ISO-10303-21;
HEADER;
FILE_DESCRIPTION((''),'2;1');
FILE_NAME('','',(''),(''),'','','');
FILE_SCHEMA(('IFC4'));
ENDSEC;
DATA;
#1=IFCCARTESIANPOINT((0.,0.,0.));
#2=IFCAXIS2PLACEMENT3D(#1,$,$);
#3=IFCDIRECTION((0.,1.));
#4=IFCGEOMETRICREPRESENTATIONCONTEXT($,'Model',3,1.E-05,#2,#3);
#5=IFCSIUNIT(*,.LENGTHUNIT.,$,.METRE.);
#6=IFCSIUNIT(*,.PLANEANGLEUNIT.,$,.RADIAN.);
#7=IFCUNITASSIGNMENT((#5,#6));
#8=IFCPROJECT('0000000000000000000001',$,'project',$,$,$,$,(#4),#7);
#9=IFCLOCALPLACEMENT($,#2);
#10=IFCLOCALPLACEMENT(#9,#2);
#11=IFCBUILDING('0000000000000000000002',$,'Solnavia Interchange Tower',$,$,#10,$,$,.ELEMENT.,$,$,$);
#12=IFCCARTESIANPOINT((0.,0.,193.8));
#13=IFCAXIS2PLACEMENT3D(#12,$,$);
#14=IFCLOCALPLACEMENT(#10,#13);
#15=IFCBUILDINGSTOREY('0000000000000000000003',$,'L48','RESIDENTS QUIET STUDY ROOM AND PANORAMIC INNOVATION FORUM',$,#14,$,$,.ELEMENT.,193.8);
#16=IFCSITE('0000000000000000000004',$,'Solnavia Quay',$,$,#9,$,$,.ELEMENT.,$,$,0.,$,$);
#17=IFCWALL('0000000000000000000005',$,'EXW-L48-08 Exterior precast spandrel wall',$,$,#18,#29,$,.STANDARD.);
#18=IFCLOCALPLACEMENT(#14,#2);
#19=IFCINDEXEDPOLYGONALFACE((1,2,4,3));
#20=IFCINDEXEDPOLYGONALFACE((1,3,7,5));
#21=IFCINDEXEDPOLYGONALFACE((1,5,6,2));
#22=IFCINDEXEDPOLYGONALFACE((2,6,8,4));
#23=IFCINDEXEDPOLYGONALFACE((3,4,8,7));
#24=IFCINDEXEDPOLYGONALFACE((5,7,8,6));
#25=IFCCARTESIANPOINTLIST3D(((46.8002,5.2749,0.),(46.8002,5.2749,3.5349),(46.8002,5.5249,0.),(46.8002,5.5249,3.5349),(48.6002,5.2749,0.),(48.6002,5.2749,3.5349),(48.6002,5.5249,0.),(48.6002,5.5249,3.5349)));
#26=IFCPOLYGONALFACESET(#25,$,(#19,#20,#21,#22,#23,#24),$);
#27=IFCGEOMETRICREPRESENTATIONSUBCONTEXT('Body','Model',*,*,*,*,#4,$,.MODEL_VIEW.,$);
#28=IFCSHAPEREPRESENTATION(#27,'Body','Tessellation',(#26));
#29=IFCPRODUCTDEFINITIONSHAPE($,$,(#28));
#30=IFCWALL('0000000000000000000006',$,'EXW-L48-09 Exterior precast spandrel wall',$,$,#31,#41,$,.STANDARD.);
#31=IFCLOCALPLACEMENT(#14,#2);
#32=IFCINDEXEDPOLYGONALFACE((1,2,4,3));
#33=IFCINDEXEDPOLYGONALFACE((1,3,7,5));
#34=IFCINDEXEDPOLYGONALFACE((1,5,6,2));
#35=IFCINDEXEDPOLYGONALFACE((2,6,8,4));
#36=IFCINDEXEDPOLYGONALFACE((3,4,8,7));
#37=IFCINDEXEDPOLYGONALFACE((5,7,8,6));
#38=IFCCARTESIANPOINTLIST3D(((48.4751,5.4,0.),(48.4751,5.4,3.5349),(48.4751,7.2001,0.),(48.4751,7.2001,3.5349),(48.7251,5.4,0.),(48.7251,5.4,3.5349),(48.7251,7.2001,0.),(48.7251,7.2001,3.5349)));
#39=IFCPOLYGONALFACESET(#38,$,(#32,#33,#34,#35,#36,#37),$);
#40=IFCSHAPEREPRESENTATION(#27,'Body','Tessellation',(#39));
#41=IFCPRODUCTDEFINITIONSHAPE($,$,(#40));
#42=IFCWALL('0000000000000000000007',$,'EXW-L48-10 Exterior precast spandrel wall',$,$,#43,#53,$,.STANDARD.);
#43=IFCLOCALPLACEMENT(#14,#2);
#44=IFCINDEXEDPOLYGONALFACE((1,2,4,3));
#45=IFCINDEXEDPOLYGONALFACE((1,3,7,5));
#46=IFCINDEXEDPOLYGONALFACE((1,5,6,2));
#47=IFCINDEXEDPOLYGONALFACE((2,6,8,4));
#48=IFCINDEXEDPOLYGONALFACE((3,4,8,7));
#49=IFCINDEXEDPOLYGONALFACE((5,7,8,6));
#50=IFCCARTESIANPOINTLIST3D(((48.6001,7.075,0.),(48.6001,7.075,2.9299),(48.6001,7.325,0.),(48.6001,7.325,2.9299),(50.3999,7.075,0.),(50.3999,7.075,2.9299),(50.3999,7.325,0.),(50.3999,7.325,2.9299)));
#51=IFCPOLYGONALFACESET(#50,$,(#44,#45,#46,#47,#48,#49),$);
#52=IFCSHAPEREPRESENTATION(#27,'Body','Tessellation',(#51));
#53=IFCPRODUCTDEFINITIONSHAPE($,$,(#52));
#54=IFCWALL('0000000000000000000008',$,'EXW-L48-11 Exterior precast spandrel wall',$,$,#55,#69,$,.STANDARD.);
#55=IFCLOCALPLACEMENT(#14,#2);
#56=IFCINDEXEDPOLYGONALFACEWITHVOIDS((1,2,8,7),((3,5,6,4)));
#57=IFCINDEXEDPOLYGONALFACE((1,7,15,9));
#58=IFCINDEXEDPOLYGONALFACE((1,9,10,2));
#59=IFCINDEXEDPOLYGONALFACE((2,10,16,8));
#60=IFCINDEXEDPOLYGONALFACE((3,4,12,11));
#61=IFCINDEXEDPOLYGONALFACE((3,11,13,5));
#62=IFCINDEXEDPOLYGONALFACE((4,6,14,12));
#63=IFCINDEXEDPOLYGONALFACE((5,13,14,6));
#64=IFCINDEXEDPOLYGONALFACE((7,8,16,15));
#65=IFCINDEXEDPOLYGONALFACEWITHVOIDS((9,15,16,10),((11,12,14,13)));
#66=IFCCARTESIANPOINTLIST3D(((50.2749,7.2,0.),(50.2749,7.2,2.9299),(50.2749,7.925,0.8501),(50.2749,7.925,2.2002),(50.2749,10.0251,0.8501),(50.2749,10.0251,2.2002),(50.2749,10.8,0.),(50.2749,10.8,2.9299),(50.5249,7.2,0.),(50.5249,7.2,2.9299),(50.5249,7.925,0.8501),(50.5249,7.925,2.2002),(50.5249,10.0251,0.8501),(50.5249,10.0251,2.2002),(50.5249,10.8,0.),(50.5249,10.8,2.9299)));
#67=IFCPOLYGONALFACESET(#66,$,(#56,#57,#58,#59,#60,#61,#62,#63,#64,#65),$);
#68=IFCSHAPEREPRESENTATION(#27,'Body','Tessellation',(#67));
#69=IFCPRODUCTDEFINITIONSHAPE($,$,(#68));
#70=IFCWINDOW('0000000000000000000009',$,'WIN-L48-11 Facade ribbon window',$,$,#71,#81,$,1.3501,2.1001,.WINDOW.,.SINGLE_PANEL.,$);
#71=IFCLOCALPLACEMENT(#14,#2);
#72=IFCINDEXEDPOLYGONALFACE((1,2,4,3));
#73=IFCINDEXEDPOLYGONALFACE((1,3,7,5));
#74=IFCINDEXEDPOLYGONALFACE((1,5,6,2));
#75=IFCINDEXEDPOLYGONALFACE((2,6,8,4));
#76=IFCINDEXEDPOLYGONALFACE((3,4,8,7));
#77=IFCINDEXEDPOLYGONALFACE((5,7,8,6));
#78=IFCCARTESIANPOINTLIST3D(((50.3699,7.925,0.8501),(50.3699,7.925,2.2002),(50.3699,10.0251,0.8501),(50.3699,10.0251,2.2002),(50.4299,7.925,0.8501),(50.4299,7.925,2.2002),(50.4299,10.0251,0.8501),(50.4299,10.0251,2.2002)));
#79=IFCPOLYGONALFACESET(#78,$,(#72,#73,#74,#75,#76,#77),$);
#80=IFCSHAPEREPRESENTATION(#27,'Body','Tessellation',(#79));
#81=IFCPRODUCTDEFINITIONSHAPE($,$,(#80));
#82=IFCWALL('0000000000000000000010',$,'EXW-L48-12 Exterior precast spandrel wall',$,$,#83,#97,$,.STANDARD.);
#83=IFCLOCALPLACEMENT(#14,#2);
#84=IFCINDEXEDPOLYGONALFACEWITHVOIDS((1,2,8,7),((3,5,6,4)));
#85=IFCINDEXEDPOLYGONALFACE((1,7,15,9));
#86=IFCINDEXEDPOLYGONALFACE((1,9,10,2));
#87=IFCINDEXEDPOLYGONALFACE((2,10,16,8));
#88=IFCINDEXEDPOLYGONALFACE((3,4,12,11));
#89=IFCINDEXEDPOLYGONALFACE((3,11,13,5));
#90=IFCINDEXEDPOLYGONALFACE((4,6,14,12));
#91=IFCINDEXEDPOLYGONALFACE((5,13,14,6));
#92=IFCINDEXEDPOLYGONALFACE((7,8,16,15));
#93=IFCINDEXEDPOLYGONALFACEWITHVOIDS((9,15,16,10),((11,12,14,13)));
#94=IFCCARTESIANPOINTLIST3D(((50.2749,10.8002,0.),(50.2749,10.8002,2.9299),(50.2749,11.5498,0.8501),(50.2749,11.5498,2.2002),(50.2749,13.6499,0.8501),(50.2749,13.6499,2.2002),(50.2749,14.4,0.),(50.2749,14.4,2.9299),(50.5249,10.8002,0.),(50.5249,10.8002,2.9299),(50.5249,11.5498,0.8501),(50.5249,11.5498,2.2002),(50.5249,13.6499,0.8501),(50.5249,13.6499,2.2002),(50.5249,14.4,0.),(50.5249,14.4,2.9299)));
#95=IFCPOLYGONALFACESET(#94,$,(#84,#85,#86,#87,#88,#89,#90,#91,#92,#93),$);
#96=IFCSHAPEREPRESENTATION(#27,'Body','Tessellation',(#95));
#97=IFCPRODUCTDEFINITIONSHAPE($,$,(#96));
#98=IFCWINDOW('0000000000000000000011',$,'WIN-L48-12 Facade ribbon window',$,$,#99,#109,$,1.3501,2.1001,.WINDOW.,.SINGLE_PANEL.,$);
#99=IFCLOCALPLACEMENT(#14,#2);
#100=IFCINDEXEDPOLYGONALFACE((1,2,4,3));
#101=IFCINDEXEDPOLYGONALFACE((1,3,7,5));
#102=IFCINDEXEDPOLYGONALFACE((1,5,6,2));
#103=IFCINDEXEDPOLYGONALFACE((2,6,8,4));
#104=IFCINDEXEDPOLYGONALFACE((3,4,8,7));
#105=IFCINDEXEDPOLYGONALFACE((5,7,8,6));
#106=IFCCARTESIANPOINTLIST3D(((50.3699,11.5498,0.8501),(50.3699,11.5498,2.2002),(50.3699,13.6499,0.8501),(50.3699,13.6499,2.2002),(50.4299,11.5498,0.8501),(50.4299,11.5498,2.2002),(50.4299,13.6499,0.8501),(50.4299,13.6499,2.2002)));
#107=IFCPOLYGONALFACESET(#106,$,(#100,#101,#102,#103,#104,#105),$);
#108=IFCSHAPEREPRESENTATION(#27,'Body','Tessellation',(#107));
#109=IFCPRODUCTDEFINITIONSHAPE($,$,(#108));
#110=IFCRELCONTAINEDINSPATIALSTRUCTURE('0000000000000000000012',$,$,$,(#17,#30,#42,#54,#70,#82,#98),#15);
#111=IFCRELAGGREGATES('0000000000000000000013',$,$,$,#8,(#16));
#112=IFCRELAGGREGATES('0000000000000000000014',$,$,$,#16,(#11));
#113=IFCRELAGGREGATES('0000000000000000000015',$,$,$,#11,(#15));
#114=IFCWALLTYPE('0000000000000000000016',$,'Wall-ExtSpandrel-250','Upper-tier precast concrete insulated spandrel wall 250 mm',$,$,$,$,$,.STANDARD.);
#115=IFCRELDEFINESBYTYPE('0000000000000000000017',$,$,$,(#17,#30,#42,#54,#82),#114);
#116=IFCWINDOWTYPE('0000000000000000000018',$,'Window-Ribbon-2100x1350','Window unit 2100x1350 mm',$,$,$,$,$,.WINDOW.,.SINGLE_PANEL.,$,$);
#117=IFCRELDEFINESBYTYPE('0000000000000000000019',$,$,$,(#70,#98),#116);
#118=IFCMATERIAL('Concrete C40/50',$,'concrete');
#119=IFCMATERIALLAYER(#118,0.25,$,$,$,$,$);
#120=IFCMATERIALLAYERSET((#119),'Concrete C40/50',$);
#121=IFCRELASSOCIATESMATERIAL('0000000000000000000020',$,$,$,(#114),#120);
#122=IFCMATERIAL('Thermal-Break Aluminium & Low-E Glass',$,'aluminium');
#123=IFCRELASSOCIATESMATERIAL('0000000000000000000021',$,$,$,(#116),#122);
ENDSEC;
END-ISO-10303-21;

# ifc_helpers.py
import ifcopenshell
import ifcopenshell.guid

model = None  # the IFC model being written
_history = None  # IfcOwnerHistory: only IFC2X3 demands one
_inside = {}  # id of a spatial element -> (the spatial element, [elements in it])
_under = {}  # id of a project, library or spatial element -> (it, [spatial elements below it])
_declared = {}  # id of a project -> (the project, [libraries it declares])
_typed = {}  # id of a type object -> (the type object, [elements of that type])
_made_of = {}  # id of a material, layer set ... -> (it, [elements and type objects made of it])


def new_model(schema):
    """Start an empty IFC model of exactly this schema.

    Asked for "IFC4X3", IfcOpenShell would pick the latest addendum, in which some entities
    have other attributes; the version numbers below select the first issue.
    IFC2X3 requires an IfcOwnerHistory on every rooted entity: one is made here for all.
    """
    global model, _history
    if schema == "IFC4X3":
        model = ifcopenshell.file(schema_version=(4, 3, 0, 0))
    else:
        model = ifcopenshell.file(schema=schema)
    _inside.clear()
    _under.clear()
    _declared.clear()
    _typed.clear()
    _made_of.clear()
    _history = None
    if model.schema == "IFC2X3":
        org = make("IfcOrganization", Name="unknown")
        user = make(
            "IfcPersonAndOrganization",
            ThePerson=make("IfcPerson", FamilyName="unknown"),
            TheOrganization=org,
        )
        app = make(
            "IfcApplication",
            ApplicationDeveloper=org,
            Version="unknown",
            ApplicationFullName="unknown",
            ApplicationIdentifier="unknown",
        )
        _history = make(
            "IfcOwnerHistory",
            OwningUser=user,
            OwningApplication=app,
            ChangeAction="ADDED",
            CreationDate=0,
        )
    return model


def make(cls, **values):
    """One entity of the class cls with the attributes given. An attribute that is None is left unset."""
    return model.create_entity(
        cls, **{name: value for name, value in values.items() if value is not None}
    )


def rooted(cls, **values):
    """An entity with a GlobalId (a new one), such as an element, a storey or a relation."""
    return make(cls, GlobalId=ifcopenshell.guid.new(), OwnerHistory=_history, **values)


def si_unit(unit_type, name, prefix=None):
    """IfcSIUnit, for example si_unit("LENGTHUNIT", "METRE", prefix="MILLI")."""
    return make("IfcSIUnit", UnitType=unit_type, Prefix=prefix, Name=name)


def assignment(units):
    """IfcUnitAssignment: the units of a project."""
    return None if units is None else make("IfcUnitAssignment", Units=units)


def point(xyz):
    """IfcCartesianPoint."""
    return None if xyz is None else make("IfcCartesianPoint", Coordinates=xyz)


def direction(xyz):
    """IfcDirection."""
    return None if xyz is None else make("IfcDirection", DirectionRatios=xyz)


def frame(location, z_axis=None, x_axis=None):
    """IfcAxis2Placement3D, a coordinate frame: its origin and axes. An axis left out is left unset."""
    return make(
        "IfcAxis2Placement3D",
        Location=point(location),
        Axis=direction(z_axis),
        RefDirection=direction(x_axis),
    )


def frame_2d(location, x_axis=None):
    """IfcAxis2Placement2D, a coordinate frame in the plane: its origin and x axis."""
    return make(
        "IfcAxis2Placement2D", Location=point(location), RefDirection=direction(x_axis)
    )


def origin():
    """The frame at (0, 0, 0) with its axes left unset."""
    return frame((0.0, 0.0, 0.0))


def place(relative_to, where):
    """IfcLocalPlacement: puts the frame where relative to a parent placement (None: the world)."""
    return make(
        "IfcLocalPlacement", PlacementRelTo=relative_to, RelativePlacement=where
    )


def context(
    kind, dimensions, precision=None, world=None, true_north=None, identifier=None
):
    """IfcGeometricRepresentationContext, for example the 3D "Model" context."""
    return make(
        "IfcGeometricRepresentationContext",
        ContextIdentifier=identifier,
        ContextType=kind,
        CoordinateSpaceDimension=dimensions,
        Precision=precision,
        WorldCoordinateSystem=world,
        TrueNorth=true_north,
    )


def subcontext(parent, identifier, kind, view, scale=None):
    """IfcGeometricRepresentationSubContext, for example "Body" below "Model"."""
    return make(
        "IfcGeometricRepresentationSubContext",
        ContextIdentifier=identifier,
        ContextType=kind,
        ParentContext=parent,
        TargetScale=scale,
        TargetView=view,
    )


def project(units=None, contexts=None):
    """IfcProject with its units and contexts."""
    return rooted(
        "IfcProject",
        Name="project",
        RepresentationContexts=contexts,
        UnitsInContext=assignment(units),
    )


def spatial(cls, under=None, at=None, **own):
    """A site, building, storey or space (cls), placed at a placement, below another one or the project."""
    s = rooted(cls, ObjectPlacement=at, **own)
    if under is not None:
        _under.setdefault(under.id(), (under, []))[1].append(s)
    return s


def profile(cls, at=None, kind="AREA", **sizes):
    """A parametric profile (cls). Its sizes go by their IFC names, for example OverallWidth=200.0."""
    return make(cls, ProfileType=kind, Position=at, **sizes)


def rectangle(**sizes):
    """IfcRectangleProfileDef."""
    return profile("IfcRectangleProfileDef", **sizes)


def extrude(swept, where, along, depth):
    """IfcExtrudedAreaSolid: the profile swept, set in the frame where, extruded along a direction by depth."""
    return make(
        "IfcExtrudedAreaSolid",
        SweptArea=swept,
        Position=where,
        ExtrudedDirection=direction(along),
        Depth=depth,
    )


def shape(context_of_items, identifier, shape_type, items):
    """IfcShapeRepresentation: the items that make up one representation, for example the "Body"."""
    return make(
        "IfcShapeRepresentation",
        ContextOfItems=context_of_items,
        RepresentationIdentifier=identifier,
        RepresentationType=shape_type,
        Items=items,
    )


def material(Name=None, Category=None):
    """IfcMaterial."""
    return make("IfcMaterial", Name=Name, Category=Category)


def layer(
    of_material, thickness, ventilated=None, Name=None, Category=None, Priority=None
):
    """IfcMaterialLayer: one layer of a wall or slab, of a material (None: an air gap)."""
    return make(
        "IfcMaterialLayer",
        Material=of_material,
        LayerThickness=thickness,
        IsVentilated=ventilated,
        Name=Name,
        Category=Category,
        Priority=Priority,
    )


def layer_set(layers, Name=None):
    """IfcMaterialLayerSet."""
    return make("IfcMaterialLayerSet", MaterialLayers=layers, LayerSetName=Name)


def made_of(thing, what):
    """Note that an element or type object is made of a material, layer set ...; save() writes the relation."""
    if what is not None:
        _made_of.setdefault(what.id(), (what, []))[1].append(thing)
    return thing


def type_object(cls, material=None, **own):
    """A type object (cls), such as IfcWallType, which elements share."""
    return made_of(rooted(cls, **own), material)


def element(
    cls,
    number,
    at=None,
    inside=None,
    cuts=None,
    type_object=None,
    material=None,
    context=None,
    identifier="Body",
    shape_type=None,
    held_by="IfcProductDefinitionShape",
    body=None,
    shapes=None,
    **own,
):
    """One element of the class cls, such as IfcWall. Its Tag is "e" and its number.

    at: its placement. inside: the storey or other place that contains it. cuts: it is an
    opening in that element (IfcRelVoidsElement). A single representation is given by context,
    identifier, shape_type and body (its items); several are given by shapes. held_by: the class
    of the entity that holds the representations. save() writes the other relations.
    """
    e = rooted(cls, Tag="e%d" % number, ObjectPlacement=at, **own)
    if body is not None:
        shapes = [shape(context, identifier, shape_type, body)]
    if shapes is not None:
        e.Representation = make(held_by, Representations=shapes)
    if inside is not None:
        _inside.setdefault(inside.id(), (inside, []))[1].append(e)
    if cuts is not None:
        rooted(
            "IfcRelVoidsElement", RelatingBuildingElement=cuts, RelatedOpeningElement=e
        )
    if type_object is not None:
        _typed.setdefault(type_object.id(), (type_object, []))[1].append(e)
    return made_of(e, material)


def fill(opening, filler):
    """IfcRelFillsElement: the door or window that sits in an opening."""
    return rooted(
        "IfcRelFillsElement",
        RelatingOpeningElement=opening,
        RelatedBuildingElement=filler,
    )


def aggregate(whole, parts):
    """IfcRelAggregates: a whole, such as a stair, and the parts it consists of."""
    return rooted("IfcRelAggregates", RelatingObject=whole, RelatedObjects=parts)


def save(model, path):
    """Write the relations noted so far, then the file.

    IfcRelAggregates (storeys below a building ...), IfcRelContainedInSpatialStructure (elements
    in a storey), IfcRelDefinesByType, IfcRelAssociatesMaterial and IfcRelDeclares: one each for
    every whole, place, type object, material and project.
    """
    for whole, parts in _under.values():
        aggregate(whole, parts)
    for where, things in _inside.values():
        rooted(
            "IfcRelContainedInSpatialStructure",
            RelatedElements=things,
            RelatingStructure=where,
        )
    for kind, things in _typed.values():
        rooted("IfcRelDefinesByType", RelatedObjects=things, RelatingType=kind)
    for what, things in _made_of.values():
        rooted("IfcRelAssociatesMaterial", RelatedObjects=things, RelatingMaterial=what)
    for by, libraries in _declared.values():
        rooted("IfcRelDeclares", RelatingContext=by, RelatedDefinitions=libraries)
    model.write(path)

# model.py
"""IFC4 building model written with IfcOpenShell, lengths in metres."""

from ifc_helpers import new_model, si_unit, direction, frame, frame_2d, origin, place, context, subcontext, project, spatial, rectangle, extrude, material, layer, layer_set, type_object, element, fill, save


model = new_model("IFC4")

# Units and contexts
model_context = context("Model", 3, precision=1e-05, world=origin(), true_north=direction((0.0, 1.0)))
body_context = subcontext(model_context, "Body", "Model", "MODEL_VIEW")
ifc_project = project(units=[si_unit("LENGTHUNIT", "METRE"), si_unit("PLANEANGLEUNIT", "RADIAN")], contexts=[model_context])

# Site, building, storey
site_placement = place(None, origin())
site = spatial("IfcSite", under=ifc_project, at=site_placement, Name="Solnavia Quay", CompositionType="ELEMENT", RefElevation=0.0)
building_placement = place(site_placement, origin())
building = spatial("IfcBuilding", under=site, at=building_placement, Name="Solnavia Interchange Tower", CompositionType="ELEMENT")
storey_placement = place(building_placement, frame((0.0, 0.0, 193.8)))
storey = spatial("IfcBuildingStorey", under=building, at=storey_placement, Name="L48", Description="RESIDENTS QUIET STUDY ROOM AND PANORAMIC INNOVATION FORUM", CompositionType="ELEMENT", Elevation=193.8)

# Shared definitions
ifc_material_1 = material(Name="Concrete C40/50", Category="concrete")
ifc_layer = layer(ifc_material_1, 0.25)
ifc_layer_set = layer_set([ifc_layer], Name="Concrete C40/50")
wall_type = type_object("IfcWallType", Name="Wall-ExtSpandrel-250", Description="Upper-tier precast concrete insulated spandrel wall 250 mm", PredefinedType="STANDARD", material=ifc_layer_set)
ifc_material_2 = material(Name="Thermal-Break Aluminium & Low-E Glass", Category="aluminium")
window_type = type_object("IfcWindowType", Name="Window-Ribbon-2100x1350", Description="Window unit 2100x1350 mm", PartitioningType="SINGLE_PANEL", PredefinedType="WINDOW", material=ifc_material_2)

# Walls
for number, where, z_axis, x_axis, name in (
    (1, (48.6001, 5.3999, 0.0), (0.0, 0.0, 1.0), (-1.0, 0.0, 0.0), "EXW-L48-08 Exterior precast spandrel wall"),
    (2, (48.6001, 7.2, 0.0), (0.0, 0.0, 1.0), (0.0, -1.0, 0.0), "EXW-L48-09 Exterior precast spandrel wall"),
):
    element("IfcWall", number, at=place(storey_placement, frame(where, z_axis=z_axis, x_axis=x_axis)), inside=storey, type_object=wall_type, Name=name, PredefinedType="STANDARD", context=body_context, shape_type="SweptSolid", body=[
        extrude(rectangle(XDim=1.8, YDim=0.25, at=frame_2d((0.8999, 0.0))), origin(), (0.0, 0.0, 1.0), 3.5349),
    ])
wall_1_placement = place(storey_placement, frame((50.3999, 7.2, 0.0), z_axis=(0.0, 0.0, 1.0), x_axis=(-1.0, 0.0, 0.0)))
element("IfcWall", 3, at=wall_1_placement, inside=storey, type_object=wall_type, Name="EXW-L48-10 Exterior precast spandrel wall", PredefinedType="STANDARD", context=body_context, shape_type="SweptSolid", body=[
    extrude(rectangle(XDim=1.7998, YDim=0.25, at=frame_2d((0.8999, 0.0))), origin(), (0.0, 0.0, 1.0), 2.9299),
])

# Walls, openings, windows
wall_2_placement = place(storey_placement, frame((50.3999, 10.8, 0.0), z_axis=(0.0, 0.0, 1.0), x_axis=(0.0, -1.0, 0.0)))
wall_2 = element("IfcWall", 4, at=wall_2_placement, inside=storey, type_object=wall_type, Name="EXW-L48-11 Exterior precast spandrel wall", PredefinedType="STANDARD", context=body_context, shape_type="SweptSolid", body=[
    extrude(rectangle(XDim=3.6001, YDim=0.25, at=frame_2d((1.8, 0.0))), origin(), (0.0, 0.0, 1.0), 2.9299),
])
opening_1_placement = place(wall_2_placement, frame((0.7749, 0.0, 0.8501)))
opening_1 = element("IfcOpeningElement", 5, at=opening_1_placement, cuts=wall_2, PredefinedType="OPENING", context=body_context, shape_type="SweptSolid", body=[
    extrude(rectangle(XDim=2.1001, YDim=1.3501, at=frame_2d((1.05, 0.675))), frame((0.0, 0.135, 0.0), z_axis=(0.0, -1.0, 0.0), x_axis=(1.0, 0.0, 0.0)), (0.0, 0.0, 1.0), 0.27),
])
window_1_placement = place(opening_1_placement, origin())
window_1 = element("IfcWindow", 6, at=window_1_placement, inside=storey, type_object=window_type, Name="WIN-L48-11 Facade ribbon window", OverallHeight=1.3501, OverallWidth=2.1001, PartitioningType="SINGLE_PANEL", PredefinedType="WINDOW", context=body_context, shape_type="SweptSolid", body=[
    extrude(rectangle(XDim=2.1001, YDim=1.3501, at=frame_2d((1.05, 0.675))), frame((0.0, 0.03, 0.0), z_axis=(0.0, -1.0, 0.0), x_axis=(1.0, 0.0, 0.0)), (0.0, 0.0, 1.0), 0.0601),
])
fill(opening_1, window_1)
wall_3_placement = place(storey_placement, frame((50.3999, 14.3999, 0.0), z_axis=(0.0, 0.0, 1.0), x_axis=(0.0, -1.0, 0.0)))
wall_3 = element("IfcWall", 7, at=wall_3_placement, inside=storey, type_object=wall_type, Name="EXW-L48-12 Exterior precast spandrel wall", PredefinedType="STANDARD", context=body_context, shape_type="SweptSolid", body=[
    extrude(rectangle(XDim=3.5999, YDim=0.25, at=frame_2d((1.7998, 0.0))), origin(), (0.0, 0.0, 1.0), 2.9299),
])
opening_2_placement = place(wall_3_placement, frame((0.75, 0.0, 0.8501)))
opening_2 = element("IfcOpeningElement", 8, at=opening_2_placement, cuts=wall_3, PredefinedType="OPENING", context=body_context, shape_type="SweptSolid", body=[
    extrude(rectangle(XDim=2.1001, YDim=1.3501, at=frame_2d((1.05, 0.675))), frame((0.0, 0.135, 0.0), z_axis=(0.0, -1.0, 0.0), x_axis=(1.0, 0.0, 0.0)), (0.0, 0.0, 1.0), 0.27),
])
window_2_placement = place(opening_2_placement, origin())
window_2 = element("IfcWindow", 9, at=window_2_placement, inside=storey, type_object=window_type, Name="WIN-L48-12 Facade ribbon window", OverallHeight=1.3501, OverallWidth=2.1001, PartitioningType="SINGLE_PANEL", PredefinedType="WINDOW", context=body_context, shape_type="SweptSolid", body=[
    extrude(rectangle(XDim=2.1001, YDim=1.3501, at=frame_2d((1.05, 0.675))), frame((0.0, 0.03, 0.0), z_axis=(0.0, -1.0, 0.0), x_axis=(1.0, 0.0, 0.0)), (0.0, 0.0, 1.0), 0.0601),
])
fill(opening_2, window_2)

save(model, "model.ifc")
